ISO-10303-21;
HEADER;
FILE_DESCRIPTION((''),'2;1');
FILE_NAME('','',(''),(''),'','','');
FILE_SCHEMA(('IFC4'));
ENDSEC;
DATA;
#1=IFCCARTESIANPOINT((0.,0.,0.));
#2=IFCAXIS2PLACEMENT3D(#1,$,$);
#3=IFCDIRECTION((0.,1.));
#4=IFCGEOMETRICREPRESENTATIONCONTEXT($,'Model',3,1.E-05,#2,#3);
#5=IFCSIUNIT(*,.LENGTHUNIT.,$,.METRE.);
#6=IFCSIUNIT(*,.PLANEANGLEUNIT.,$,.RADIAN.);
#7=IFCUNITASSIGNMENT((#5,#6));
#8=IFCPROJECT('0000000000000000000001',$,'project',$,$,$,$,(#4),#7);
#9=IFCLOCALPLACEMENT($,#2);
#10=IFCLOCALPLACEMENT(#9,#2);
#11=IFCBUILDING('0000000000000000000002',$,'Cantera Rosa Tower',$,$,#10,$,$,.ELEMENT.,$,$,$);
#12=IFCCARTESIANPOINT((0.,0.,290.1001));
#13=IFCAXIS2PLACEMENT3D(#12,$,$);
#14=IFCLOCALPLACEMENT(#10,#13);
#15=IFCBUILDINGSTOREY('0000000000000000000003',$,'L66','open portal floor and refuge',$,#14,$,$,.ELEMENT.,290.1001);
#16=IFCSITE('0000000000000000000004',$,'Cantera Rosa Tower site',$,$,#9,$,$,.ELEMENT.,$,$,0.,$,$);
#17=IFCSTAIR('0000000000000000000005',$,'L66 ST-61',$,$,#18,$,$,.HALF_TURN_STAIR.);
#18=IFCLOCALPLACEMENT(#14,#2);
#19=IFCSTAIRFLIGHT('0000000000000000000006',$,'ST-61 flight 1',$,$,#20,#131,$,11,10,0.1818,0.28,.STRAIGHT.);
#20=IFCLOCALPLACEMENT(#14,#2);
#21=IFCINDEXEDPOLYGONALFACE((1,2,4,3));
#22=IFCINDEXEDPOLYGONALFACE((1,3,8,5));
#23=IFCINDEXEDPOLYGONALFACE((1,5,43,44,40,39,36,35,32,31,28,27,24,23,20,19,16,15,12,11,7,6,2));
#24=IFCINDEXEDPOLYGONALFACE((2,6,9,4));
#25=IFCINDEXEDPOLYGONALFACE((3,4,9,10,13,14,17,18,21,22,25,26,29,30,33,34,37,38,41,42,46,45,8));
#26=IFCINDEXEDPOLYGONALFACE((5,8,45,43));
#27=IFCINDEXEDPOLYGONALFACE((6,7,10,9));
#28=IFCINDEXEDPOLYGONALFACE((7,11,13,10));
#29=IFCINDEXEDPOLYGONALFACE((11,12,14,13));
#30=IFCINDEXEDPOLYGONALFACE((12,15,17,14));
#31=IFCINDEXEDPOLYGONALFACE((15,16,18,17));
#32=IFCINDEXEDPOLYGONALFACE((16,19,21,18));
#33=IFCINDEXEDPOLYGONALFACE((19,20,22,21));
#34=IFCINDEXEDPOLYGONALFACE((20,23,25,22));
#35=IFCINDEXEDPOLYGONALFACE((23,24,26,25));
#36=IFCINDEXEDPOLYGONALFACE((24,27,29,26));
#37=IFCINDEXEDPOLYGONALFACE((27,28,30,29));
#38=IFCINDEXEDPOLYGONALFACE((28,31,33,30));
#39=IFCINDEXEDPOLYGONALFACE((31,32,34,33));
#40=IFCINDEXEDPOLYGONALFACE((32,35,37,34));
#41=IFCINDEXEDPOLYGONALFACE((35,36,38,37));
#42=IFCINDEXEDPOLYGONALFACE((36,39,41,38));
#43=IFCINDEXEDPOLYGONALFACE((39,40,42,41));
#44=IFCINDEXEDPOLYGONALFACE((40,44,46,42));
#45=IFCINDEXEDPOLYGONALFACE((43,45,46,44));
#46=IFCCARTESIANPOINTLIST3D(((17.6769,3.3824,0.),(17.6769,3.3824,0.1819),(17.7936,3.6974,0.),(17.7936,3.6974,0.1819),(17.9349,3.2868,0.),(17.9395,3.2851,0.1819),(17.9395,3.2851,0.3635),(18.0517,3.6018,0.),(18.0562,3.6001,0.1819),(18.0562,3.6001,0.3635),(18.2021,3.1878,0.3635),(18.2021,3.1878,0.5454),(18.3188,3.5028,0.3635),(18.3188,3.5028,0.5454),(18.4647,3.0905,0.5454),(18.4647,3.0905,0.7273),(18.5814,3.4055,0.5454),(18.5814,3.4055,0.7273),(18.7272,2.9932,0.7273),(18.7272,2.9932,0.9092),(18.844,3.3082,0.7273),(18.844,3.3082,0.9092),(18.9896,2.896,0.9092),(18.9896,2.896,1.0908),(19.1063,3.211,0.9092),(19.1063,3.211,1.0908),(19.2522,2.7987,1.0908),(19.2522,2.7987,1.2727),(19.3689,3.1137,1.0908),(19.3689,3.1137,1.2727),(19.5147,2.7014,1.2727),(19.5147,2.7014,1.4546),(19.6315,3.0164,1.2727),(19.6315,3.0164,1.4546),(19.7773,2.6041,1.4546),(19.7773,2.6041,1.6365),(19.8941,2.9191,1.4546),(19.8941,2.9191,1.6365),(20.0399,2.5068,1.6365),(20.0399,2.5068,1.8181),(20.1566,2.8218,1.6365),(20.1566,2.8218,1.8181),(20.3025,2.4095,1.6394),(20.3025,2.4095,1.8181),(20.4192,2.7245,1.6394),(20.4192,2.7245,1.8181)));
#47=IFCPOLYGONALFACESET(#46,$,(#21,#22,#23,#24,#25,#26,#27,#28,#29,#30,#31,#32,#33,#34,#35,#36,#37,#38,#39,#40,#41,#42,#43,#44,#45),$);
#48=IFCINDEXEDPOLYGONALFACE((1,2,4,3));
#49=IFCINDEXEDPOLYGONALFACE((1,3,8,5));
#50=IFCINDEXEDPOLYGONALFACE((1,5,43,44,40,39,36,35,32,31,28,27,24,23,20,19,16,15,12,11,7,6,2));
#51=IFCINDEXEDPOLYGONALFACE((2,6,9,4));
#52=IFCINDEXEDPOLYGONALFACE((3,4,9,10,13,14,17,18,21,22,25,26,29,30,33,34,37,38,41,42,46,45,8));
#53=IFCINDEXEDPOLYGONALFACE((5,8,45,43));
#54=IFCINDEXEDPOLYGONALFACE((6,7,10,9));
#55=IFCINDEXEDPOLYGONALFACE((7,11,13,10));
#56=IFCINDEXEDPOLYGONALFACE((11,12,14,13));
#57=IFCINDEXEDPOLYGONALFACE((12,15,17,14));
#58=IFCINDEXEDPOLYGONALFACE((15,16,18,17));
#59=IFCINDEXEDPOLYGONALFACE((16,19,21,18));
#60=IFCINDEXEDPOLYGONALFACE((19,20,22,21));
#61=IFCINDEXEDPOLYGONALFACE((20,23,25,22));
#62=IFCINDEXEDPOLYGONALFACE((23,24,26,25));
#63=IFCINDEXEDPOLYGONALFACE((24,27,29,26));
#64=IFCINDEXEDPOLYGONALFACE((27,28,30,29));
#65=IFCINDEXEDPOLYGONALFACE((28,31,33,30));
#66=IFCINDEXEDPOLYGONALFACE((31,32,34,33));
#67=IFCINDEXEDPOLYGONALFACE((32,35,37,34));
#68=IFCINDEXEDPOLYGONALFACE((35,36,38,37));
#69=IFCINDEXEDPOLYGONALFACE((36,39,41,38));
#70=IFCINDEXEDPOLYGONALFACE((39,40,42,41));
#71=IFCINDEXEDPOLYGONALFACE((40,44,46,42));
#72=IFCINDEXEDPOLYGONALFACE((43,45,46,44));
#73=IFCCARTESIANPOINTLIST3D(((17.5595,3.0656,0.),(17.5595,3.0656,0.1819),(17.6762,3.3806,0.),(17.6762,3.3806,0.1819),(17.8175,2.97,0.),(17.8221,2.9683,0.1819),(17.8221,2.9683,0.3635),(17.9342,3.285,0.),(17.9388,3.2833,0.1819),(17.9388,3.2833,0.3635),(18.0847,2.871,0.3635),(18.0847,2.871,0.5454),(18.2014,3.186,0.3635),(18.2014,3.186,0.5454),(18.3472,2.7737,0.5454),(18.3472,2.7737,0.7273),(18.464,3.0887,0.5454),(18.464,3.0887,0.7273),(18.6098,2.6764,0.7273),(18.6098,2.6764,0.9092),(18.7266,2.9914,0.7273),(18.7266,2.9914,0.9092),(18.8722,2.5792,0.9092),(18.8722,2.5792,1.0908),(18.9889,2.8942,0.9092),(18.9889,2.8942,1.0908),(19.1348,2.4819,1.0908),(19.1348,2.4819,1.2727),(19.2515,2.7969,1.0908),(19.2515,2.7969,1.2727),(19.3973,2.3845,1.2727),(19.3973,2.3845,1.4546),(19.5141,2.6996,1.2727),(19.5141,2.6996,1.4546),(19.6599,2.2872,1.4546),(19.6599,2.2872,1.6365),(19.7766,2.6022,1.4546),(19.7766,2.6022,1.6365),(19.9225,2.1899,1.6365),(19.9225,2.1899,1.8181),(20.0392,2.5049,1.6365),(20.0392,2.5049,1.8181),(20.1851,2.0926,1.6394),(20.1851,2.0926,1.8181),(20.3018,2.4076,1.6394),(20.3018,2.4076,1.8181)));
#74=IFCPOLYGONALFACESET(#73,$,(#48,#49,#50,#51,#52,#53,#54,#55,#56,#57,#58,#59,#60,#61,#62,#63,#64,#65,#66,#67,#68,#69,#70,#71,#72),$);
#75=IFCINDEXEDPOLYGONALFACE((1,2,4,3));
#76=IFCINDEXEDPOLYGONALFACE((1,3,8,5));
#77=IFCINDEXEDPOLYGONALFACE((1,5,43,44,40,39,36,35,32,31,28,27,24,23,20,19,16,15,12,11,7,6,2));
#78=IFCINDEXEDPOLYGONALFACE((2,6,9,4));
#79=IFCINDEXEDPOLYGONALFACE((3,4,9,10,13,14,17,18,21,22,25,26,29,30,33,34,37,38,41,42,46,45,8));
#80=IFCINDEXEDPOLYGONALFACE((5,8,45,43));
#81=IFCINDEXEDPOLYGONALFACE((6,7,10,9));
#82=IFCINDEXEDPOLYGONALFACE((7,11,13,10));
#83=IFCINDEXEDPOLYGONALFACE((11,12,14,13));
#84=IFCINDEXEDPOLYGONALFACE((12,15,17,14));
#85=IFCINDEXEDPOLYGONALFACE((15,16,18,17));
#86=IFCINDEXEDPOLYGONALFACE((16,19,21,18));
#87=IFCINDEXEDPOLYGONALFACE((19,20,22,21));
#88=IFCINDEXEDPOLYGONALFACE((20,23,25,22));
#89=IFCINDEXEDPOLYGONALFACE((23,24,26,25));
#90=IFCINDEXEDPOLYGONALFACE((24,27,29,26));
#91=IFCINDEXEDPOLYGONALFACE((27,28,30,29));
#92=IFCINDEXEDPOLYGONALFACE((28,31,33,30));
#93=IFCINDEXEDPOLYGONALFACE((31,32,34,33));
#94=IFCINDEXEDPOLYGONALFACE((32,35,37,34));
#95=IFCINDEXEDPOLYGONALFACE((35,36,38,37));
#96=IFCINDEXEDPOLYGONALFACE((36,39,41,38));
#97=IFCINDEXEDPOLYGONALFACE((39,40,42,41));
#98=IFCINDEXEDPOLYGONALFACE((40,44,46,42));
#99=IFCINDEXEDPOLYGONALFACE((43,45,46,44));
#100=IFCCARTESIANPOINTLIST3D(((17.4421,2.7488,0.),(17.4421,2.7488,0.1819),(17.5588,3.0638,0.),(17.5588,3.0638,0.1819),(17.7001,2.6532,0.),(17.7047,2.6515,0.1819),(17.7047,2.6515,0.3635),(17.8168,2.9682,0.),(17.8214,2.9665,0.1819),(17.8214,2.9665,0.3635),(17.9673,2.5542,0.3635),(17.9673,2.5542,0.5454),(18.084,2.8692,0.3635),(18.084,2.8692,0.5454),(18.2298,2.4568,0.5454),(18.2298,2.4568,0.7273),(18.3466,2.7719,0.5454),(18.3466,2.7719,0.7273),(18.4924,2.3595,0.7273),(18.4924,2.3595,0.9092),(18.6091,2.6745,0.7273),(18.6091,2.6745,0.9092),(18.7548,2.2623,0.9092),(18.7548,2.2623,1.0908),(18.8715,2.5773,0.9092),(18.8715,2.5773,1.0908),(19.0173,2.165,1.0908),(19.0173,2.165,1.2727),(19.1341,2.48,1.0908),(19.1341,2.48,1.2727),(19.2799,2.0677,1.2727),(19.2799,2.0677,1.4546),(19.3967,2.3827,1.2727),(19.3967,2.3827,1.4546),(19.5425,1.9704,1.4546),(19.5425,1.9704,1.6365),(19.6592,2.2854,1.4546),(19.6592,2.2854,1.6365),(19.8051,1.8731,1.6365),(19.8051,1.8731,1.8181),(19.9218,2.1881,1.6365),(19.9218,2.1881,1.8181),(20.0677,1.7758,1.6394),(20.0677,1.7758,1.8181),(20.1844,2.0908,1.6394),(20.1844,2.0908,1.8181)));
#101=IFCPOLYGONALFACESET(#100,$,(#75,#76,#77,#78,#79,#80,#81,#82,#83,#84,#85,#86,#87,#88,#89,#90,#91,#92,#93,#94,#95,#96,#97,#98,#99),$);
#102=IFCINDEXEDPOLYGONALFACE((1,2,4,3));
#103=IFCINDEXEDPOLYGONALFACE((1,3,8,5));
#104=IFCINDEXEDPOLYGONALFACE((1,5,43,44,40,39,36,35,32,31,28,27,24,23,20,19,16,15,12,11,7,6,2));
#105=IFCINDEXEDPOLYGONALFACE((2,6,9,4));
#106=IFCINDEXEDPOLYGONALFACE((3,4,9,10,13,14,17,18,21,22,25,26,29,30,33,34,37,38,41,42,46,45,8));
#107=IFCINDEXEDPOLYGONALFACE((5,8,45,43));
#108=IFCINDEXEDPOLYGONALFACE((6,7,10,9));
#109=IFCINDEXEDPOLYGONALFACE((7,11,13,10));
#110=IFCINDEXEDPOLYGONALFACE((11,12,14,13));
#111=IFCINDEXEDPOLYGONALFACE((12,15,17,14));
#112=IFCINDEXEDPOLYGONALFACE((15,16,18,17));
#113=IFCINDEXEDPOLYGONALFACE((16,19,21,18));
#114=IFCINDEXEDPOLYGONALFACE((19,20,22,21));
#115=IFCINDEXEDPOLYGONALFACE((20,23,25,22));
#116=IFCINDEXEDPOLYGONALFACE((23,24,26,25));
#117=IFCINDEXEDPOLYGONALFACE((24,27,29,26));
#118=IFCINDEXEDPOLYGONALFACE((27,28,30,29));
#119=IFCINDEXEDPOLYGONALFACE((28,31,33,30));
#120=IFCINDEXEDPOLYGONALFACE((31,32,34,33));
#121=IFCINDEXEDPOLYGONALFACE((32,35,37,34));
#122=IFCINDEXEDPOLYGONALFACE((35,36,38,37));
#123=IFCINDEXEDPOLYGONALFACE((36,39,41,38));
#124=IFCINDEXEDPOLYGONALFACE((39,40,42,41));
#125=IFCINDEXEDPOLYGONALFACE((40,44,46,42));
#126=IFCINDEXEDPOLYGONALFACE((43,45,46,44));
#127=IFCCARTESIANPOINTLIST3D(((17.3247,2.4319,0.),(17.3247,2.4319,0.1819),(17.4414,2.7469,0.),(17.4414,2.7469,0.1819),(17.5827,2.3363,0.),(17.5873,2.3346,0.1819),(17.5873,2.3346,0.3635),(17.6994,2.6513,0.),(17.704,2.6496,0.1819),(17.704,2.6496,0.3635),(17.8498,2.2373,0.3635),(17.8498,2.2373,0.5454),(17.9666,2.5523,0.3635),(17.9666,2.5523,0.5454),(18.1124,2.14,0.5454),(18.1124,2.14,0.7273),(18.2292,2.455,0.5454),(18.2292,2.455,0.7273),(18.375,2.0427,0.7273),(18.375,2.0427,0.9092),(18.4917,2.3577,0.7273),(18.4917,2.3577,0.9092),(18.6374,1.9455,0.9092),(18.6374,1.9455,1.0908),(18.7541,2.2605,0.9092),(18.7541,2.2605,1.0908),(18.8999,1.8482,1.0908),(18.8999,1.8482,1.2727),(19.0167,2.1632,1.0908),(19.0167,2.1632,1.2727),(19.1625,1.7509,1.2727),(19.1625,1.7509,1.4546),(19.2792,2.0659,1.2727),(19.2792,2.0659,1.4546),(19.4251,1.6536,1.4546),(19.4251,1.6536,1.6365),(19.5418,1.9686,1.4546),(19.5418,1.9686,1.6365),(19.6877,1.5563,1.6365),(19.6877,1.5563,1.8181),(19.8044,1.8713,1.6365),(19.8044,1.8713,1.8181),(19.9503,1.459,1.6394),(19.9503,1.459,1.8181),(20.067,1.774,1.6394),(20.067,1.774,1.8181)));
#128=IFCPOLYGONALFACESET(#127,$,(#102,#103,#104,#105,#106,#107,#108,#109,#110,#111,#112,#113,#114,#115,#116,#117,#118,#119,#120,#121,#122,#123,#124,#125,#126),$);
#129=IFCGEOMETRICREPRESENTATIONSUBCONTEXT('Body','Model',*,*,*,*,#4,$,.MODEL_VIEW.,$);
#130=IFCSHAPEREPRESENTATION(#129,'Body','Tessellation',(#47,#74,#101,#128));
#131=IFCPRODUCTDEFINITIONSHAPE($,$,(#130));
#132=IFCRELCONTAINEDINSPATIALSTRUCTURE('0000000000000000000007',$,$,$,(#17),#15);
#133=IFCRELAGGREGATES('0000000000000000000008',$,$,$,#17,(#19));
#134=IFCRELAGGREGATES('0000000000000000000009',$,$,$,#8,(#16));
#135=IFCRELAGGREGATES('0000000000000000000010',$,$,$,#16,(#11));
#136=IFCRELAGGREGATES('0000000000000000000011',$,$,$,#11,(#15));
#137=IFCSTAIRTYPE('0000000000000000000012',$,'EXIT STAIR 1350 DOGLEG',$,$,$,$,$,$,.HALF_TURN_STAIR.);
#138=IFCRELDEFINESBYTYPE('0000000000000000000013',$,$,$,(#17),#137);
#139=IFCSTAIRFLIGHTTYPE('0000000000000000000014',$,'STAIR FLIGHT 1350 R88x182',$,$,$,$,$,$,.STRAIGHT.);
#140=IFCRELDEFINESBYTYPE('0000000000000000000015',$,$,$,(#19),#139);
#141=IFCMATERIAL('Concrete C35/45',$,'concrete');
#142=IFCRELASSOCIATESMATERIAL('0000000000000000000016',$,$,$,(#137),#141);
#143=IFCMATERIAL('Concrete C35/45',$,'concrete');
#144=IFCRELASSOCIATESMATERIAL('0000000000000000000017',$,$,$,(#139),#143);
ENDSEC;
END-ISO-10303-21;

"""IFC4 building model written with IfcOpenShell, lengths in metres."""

from ifc_helpers import new_model, si_unit, direction, frame, origin, place, context, subcontext, project, spatial, polyline, outline, extrude, material, type_object, element, aggregate, save


model = new_model("IFC4")

# Units and contexts
model_context = context("Model", 3, precision=1e-05, world=origin(), true_north=direction((0.0, 1.0)))
body_context = subcontext(model_context, "Body", "Model", "MODEL_VIEW")
ifc_project = project(units=[si_unit("LENGTHUNIT", "METRE"), si_unit("PLANEANGLEUNIT", "RADIAN")], contexts=[model_context])

# Site, building, storey
site_placement = place(None, origin())
site = spatial("IfcSite", under=ifc_project, at=site_placement, Name="Cantera Rosa Tower site", CompositionType="ELEMENT", RefElevation=0.0)
building_placement = place(site_placement, origin())
building = spatial("IfcBuilding", under=site, at=building_placement, Name="Cantera Rosa Tower", CompositionType="ELEMENT")
storey_placement = place(building_placement, frame((0.0, 0.0, 290.1001)))
storey = spatial("IfcBuildingStorey", under=building, at=storey_placement, Name="L66", Description="open portal floor and refuge", CompositionType="ELEMENT", Elevation=290.1001)

# Stair, stair flight
ifc_material_1 = material(Name="Concrete C35/45", Category="concrete")
stair_type = type_object("IfcStairType", Name="EXIT STAIR 1350 DOGLEG", PredefinedType="HALF_TURN_STAIR", material=ifc_material_1)
stair_placement = place(storey_placement, origin())
stair = element("IfcStair", 1, at=stair_placement, inside=storey, type_object=stair_type, Name="L66 ST-61", PredefinedType="HALF_TURN_STAIR")
ifc_material_2 = material(Name="Concrete C35/45", Category="concrete")
stair_flight_type = type_object("IfcStairFlightType", Name="STAIR FLIGHT 1350 R88x182", PredefinedType="STRAIGHT", material=ifc_material_2)
stair_flight_1_placement = place(storey_placement, frame((17.5591, 3.0645, 0.0), z_axis=(0.0, 0.0, 1.0), x_axis=(0.937687, -0.347481, 0.0)))
stair_flight_1 = element("IfcStairFlight", 2, at=stair_flight_1_placement, type_object=stair_flight_type, Name="ST-61 flight 1", NumberOfRisers=11, NumberOfTreads=10, PredefinedType="STRAIGHT", RiserHeight=0.1818, TreadLength=0.28, context=body_context, shape_type="SweptSolid", body=[
    extrude(outline(polyline([(0.0, 0.0), (0.0, 0.1819), (0.28, 0.1819), (0.28, 0.3635), (0.5601, 0.3635), (0.5601, 0.5454), (0.8401, 0.5454), (0.8401, 0.7273), (1.1201, 0.7273), (1.1201, 0.9092), (1.3999, 0.9092), (1.3999, 1.0908), (1.6799, 1.0908), (1.6799, 1.2727), (1.96, 1.2727), (1.96, 1.4546), (2.24, 1.4546), (2.24, 1.6365), (2.52, 1.6365), (2.52, 1.8181), (2.8, 1.8181), (2.8, 2.0), (2.8, 1.6394), (0.2751, 0.0), (0.0, 0.0)])), frame((0.0, 0.675, 0.0), z_axis=(0.0, -1.0, 0.0), x_axis=(1.0, 0.0, 0.0)), (0.0, 0.0, 1.0), 0.3359),
    extrude(outline(polyline([(0.0, 0.0), (0.0, 0.1819), (0.28, 0.1819), (0.28, 0.3635), (0.5601, 0.3635), (0.5601, 0.5454), (0.8401, 0.5454), (0.8401, 0.7273), (1.1201, 0.7273), (1.1201, 0.9092), (1.3999, 0.9092), (1.3999, 1.0908), (1.6799, 1.0908), (1.6799, 1.2727), (1.96, 1.2727), (1.96, 1.4546), (2.24, 1.4546), (2.24, 1.6365), (2.52, 1.6365), (2.52, 1.8181), (2.8, 1.8181), (2.8, 2.0), (2.8, 1.6394), (0.2751, 0.0), (0.0, 0.0)])), frame((0.0, 0.3372, 0.0), z_axis=(0.0, -1.0, 0.0), x_axis=(1.0, 0.0, 0.0)), (0.0, 0.0, 1.0), 0.3359),
    extrude(outline(polyline([(0.0, 0.0), (0.0, 0.1819), (0.28, 0.1819), (0.28, 0.3635), (0.5601, 0.3635), (0.5601, 0.5454), (0.8401, 0.5454), (0.8401, 0.7273), (1.1201, 0.7273), (1.1201, 0.9092), (1.3999, 0.9092), (1.3999, 1.0908), (1.6799, 1.0908), (1.6799, 1.2727), (1.96, 1.2727), (1.96, 1.4546), (2.24, 1.4546), (2.24, 1.6365), (2.52, 1.6365), (2.52, 1.8181), (2.8, 1.8181), (2.8, 2.0), (2.8, 1.6394), (0.2751, 0.0), (0.0, 0.0)])), frame((0.0, -0.0007, 0.0), z_axis=(0.0, -1.0, 0.0), x_axis=(1.0, 0.0, 0.0)), (0.0, 0.0, 1.0), 0.3359),
    extrude(outline(polyline([(0.0, 0.0), (0.0, 0.1819), (0.28, 0.1819), (0.28, 0.3635), (0.5601, 0.3635), (0.5601, 0.5454), (0.8401, 0.5454), (0.8401, 0.7273), (1.1201, 0.7273), (1.1201, 0.9092), (1.3999, 0.9092), (1.3999, 1.0908), (1.6799, 1.0908), (1.6799, 1.2727), (1.96, 1.2727), (1.96, 1.4546), (2.24, 1.4546), (2.24, 1.6365), (2.52, 1.6365), (2.52, 1.8181), (2.8, 1.8181), (2.8, 2.0), (2.8, 1.6394), (0.2751, 0.0), (0.0, 0.0)])), frame((0.0, -0.3386, 0.0), z_axis=(0.0, -1.0, 0.0), x_axis=(1.0, 0.0, 0.0)), (0.0, 0.0, 1.0), 0.3359),
])
aggregate(stair, [stair_flight_1])

save(model, "model.ifc")
